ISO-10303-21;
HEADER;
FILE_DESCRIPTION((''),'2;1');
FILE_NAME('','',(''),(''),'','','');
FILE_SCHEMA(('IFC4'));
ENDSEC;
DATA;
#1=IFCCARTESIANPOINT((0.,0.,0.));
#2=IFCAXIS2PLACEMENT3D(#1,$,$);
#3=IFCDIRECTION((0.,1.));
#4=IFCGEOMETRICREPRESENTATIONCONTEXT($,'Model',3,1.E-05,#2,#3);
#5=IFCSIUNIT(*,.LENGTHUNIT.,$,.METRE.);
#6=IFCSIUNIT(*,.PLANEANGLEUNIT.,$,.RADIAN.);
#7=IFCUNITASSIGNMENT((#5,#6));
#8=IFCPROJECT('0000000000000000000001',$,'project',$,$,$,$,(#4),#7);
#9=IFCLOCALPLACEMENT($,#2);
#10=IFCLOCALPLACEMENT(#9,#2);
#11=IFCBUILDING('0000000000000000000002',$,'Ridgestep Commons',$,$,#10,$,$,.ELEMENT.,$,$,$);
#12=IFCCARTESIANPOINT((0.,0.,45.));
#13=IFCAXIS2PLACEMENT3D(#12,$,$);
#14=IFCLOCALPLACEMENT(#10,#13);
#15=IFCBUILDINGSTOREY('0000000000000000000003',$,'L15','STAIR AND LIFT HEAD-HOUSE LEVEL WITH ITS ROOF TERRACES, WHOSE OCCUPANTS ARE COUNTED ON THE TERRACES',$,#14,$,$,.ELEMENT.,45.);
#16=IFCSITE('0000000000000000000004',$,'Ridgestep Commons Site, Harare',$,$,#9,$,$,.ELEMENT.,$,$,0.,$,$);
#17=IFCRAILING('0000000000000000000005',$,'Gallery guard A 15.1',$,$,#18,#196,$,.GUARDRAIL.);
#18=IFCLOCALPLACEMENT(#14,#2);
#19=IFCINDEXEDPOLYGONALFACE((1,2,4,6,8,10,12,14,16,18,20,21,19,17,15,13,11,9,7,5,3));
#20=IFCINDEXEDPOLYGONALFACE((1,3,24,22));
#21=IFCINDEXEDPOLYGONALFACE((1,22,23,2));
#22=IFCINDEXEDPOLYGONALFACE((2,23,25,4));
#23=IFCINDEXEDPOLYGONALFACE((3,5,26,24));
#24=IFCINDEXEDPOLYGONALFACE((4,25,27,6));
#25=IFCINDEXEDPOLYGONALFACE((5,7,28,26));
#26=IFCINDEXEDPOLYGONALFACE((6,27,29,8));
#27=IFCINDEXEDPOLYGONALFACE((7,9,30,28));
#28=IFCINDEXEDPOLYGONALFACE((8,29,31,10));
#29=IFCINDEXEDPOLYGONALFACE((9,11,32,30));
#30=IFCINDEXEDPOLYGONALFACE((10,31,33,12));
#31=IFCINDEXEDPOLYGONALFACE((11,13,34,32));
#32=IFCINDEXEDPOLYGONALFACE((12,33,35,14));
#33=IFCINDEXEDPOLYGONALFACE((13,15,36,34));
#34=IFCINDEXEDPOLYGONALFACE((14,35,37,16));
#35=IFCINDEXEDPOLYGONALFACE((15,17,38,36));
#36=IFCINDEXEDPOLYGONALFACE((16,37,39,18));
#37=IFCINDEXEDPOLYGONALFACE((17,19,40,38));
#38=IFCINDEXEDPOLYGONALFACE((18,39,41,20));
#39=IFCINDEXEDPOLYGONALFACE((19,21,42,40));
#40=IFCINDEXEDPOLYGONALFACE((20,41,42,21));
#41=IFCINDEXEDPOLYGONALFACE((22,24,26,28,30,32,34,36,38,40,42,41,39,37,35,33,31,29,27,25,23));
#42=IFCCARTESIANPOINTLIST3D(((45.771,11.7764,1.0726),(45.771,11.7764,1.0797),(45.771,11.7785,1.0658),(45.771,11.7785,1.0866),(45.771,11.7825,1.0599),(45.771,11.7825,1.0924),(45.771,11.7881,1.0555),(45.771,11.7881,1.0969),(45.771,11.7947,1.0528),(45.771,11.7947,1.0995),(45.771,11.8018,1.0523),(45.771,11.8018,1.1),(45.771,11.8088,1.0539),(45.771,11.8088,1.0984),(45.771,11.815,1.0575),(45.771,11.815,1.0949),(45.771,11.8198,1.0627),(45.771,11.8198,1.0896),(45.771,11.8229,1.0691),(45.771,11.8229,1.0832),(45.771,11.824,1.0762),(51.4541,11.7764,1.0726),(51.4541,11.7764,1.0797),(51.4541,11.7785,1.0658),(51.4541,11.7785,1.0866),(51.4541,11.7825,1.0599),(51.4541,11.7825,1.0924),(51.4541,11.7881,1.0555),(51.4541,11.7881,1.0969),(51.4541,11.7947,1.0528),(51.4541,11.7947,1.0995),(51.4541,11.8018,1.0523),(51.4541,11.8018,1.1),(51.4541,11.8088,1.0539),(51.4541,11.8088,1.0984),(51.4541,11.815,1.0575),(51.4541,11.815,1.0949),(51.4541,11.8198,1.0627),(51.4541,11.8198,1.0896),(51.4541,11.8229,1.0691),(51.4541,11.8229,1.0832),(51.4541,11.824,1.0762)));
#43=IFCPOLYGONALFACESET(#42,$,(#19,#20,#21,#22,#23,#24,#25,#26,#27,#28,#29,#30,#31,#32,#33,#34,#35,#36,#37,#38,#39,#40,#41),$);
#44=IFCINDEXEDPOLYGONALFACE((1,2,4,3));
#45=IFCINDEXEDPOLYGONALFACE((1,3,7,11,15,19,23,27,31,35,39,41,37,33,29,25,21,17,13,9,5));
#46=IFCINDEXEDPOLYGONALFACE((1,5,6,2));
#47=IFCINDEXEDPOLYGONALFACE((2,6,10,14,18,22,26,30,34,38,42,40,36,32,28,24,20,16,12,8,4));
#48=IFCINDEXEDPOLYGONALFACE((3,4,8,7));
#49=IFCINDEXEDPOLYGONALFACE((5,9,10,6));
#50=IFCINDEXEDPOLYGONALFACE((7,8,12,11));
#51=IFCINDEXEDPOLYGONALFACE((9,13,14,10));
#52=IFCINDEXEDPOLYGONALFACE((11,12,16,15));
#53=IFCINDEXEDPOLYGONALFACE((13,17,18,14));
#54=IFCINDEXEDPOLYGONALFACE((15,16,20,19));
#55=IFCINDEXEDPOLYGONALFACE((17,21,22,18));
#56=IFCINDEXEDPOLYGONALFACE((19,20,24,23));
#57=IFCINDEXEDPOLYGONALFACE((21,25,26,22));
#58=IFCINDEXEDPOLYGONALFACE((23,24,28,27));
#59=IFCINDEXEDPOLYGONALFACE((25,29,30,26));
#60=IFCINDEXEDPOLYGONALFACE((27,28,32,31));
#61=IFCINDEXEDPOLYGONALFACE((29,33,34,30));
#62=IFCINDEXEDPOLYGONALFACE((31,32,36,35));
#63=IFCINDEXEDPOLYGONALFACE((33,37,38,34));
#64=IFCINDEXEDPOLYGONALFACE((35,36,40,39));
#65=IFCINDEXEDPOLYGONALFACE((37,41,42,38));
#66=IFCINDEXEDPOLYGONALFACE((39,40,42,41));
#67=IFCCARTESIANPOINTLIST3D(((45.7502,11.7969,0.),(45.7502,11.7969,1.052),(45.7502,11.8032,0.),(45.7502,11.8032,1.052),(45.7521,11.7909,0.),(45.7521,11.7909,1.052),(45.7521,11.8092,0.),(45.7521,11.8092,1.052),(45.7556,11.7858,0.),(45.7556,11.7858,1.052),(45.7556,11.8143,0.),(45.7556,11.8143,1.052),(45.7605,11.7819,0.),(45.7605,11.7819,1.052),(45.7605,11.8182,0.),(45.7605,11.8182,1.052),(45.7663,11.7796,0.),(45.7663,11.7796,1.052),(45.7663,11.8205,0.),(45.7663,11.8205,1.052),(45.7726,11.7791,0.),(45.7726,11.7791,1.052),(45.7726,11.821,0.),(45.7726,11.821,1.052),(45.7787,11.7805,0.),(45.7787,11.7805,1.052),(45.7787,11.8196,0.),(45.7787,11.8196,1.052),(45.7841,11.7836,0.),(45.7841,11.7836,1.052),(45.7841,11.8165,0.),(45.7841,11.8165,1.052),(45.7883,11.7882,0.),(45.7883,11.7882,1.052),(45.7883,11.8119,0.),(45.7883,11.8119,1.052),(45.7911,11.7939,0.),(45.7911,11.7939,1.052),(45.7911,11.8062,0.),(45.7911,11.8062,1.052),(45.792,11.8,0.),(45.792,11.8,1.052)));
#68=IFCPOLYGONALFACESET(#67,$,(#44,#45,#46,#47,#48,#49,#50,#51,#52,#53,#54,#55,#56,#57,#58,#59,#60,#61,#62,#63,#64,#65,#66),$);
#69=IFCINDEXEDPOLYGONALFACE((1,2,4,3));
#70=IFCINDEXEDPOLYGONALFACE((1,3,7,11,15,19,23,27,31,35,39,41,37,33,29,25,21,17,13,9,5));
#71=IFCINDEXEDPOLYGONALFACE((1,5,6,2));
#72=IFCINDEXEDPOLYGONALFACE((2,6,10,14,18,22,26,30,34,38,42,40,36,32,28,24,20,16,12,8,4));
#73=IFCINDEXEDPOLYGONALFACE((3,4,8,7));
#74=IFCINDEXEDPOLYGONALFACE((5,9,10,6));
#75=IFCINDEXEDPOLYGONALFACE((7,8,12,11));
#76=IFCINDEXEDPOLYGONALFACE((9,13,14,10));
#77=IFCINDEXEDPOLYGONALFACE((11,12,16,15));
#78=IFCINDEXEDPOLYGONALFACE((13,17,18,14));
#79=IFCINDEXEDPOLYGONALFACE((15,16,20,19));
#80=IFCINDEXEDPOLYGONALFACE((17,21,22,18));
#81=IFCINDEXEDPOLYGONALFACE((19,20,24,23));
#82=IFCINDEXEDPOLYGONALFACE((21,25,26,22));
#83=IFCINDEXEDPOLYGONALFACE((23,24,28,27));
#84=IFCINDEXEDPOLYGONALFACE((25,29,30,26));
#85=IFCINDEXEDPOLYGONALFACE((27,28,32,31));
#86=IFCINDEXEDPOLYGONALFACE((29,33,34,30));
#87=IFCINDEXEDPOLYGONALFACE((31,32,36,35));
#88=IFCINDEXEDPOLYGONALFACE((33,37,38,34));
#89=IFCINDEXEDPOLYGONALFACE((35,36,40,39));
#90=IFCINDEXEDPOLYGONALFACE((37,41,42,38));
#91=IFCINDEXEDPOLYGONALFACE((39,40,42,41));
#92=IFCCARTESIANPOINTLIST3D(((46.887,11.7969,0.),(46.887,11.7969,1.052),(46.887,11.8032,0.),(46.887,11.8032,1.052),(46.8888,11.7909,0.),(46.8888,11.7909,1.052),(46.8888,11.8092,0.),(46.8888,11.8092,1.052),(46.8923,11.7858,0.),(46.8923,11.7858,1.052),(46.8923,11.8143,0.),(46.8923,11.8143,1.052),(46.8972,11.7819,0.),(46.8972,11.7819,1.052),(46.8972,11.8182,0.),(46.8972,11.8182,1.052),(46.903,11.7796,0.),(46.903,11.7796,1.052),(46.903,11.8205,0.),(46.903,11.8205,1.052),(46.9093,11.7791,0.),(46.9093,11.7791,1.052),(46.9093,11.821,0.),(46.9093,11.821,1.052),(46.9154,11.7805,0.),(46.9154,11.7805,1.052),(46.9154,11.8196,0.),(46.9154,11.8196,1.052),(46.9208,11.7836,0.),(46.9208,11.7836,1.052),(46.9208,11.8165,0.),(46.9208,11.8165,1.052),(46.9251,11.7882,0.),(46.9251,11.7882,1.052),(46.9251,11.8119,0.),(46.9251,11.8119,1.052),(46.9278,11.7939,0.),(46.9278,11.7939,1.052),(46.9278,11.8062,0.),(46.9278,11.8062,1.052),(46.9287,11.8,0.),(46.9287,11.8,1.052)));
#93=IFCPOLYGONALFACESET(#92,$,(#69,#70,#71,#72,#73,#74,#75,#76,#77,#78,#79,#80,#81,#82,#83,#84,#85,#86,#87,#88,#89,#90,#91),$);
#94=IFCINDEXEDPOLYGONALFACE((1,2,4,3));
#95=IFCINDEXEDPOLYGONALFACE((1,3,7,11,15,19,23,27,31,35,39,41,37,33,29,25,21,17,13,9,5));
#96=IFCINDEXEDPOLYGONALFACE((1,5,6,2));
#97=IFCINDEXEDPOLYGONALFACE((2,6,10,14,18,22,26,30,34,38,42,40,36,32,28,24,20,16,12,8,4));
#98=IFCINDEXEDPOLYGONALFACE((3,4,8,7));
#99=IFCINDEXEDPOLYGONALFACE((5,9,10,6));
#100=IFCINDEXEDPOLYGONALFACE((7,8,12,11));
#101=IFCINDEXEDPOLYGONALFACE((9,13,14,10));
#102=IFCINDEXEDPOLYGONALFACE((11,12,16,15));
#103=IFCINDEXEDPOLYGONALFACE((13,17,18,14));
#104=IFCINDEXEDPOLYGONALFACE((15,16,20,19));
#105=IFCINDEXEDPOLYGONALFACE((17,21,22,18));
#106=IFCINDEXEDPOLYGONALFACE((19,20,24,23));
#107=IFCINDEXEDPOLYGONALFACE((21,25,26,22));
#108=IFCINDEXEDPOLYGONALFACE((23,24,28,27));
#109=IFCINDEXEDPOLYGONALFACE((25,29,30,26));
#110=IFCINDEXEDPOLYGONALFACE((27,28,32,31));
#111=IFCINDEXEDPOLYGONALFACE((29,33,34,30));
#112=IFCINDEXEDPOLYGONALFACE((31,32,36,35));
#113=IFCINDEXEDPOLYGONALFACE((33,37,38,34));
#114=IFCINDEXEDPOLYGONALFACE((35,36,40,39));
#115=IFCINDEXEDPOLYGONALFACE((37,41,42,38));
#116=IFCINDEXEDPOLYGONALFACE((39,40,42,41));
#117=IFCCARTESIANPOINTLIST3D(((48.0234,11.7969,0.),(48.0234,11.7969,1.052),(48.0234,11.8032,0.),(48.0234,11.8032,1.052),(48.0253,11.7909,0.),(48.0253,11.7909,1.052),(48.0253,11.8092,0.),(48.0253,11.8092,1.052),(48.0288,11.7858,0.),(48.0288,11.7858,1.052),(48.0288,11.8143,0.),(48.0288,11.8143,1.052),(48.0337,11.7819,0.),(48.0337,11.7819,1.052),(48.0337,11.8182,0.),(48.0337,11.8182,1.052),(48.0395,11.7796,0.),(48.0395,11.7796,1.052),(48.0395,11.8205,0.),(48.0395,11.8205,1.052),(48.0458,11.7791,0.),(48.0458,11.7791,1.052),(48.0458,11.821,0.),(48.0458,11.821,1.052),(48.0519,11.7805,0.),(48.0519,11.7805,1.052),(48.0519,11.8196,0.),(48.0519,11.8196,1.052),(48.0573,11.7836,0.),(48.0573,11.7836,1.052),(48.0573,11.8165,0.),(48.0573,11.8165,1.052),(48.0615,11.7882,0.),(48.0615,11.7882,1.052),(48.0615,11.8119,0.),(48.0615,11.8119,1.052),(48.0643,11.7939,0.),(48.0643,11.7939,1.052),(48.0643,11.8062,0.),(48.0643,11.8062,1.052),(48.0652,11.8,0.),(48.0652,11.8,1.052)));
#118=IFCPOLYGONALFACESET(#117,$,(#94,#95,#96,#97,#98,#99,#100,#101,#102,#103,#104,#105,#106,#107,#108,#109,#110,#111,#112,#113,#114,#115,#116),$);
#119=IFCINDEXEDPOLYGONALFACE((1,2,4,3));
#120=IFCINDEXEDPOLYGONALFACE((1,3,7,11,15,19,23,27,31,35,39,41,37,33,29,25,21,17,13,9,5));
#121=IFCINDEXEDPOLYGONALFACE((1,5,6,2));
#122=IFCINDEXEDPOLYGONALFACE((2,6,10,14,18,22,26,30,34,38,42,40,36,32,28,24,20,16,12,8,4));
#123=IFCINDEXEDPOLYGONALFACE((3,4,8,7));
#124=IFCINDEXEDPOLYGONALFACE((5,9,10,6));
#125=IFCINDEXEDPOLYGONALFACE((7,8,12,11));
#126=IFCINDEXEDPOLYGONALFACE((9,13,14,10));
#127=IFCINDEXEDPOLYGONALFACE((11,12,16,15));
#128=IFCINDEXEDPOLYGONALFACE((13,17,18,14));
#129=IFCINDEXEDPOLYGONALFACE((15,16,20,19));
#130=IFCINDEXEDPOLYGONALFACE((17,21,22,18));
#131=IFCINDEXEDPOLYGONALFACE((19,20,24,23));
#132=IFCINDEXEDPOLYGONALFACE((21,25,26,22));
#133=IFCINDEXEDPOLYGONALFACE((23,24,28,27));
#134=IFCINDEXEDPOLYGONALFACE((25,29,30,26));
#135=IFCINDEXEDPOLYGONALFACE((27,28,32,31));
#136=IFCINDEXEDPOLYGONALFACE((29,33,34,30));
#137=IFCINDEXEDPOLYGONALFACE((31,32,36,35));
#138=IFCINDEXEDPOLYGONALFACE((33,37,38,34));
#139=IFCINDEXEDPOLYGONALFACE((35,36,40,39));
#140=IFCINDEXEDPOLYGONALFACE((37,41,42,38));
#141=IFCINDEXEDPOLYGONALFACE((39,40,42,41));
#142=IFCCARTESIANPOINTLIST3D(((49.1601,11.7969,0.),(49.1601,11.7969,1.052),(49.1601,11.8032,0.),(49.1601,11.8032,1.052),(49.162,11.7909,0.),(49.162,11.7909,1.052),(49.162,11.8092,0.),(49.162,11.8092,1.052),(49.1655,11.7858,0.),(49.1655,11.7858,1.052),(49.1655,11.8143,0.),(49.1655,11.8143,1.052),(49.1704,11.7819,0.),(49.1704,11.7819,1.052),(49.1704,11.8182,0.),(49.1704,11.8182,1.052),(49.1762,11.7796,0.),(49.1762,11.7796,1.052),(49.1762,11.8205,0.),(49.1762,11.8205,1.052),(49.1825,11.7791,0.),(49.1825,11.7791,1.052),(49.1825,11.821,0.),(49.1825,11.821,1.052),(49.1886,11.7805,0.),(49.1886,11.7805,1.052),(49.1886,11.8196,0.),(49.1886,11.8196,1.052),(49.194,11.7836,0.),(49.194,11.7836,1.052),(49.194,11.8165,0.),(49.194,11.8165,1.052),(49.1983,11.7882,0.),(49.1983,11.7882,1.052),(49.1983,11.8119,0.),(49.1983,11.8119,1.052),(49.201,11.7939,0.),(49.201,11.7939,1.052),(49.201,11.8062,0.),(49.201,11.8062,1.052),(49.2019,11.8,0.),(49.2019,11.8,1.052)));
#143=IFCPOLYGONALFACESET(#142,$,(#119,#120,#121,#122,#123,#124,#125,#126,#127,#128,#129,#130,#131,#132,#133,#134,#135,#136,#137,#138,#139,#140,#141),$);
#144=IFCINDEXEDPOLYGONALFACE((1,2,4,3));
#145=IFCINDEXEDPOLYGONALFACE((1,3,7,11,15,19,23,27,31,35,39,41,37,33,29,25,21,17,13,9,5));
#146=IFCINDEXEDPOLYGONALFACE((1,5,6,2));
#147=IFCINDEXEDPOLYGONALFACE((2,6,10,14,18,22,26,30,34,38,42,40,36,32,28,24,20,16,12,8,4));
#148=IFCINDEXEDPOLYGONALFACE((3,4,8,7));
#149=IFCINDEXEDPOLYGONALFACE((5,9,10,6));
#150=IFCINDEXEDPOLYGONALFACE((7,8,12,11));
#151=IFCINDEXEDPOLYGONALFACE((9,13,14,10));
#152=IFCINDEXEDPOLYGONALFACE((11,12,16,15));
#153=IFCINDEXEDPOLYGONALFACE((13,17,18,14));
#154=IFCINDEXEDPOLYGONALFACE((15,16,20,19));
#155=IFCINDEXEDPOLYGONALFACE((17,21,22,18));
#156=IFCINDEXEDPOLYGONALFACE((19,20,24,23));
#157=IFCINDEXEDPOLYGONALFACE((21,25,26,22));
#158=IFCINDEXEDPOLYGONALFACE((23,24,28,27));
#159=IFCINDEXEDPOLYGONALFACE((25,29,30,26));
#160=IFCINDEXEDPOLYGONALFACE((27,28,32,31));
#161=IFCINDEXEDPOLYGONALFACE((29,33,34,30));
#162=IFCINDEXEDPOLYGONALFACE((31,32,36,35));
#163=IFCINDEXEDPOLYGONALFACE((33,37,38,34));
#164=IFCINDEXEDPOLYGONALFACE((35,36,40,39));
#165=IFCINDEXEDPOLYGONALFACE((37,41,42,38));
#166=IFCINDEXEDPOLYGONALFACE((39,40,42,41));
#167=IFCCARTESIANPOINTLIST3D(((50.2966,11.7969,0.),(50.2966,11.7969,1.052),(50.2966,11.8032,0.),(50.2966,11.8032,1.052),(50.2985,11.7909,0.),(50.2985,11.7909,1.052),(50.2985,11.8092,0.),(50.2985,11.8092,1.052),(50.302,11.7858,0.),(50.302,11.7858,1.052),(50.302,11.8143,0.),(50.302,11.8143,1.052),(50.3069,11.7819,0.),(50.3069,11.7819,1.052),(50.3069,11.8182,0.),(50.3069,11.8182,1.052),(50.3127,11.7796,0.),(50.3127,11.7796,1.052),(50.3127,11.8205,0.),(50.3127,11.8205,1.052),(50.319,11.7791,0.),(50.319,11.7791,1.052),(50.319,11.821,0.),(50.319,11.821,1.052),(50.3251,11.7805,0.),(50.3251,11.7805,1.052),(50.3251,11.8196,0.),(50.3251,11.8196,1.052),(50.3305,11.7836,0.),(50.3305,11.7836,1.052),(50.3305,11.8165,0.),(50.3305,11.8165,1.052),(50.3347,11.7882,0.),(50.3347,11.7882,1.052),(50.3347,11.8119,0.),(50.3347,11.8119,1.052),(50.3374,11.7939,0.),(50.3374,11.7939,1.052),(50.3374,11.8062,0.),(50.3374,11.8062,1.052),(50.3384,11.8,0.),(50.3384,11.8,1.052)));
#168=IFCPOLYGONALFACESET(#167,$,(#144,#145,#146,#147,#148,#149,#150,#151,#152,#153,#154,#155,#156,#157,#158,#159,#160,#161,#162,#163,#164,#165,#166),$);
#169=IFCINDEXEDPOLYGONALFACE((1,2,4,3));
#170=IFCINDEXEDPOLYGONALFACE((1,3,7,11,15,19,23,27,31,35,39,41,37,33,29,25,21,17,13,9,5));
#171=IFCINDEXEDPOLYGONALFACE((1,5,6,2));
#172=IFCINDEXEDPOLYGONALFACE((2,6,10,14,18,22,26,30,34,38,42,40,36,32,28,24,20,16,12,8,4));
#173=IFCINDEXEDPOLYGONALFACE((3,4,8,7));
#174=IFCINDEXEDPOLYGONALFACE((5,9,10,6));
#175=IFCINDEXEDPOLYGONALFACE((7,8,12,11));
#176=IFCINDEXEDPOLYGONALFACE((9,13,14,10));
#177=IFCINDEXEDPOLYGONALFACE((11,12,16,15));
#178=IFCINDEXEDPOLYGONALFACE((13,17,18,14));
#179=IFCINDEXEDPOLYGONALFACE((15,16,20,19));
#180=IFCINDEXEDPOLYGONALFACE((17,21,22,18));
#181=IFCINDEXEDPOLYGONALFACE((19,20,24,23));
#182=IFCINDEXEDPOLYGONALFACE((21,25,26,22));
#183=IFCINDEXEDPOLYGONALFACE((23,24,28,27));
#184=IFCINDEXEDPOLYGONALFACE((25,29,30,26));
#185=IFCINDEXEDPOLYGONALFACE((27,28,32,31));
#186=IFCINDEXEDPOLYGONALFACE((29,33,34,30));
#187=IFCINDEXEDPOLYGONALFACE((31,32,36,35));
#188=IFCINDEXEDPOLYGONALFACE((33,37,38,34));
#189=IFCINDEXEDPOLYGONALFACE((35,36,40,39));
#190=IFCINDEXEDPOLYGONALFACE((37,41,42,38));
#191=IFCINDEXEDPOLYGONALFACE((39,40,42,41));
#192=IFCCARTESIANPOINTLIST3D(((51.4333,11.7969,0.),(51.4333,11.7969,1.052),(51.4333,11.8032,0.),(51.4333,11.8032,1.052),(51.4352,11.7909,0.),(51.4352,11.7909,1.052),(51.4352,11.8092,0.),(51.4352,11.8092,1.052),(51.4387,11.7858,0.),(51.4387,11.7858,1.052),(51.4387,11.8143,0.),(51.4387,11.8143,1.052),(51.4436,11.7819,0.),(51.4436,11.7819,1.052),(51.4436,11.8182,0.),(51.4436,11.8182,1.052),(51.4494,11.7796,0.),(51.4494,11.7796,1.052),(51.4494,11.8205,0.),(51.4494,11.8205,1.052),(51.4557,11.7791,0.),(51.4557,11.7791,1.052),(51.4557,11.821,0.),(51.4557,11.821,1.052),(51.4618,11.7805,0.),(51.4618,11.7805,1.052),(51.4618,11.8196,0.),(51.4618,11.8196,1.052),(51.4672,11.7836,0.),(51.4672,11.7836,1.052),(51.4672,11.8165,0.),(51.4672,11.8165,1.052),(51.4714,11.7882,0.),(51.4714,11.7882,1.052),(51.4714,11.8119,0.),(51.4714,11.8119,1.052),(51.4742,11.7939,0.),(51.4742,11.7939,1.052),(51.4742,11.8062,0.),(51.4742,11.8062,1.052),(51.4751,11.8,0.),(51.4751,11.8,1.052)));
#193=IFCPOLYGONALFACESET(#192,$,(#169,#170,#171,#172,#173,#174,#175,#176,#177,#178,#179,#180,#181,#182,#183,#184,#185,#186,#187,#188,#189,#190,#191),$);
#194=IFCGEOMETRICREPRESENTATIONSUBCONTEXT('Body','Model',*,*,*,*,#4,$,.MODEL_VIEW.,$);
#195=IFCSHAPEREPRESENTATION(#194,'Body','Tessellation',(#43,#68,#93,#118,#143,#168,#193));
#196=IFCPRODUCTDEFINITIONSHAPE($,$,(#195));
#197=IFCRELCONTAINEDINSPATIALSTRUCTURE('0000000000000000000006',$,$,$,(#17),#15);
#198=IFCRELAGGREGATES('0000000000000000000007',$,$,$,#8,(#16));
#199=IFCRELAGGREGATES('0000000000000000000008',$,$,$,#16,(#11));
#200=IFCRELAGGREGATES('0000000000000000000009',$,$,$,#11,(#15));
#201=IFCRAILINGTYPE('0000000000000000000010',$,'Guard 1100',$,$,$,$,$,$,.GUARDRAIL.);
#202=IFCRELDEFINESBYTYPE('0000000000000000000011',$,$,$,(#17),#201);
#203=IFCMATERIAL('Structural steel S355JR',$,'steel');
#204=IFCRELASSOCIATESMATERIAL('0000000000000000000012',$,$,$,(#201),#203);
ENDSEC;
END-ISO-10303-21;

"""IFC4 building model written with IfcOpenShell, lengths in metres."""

from ifc_helpers import new_model, si_unit, direction, frame, origin, origin_2d, place, context, subcontext, project, spatial, circle, extrude, material, type_object, element, save


model = new_model("IFC4")

# Units and contexts
model_context = context("Model", 3, precision=1e-05, world=origin(), true_north=direction((0.0, 1.0)))
body_context = subcontext(model_context, "Body", "Model", "MODEL_VIEW")
ifc_project = project(units=[si_unit("LENGTHUNIT", "METRE"), si_unit("PLANEANGLEUNIT", "RADIAN")], contexts=[model_context])

# Site, building, storey
site_placement = place(None, origin())
site = spatial("IfcSite", under=ifc_project, at=site_placement, Name="Ridgestep Commons Site, Harare", CompositionType="ELEMENT", RefElevation=0.0)
building_placement = place(site_placement, origin())
building = spatial("IfcBuilding", under=site, at=building_placement, Name="Ridgestep Commons", CompositionType="ELEMENT")
storey_placement = place(building_placement, frame((0.0, 0.0, 45.0)))
storey = spatial("IfcBuildingStorey", under=building, at=storey_placement, Name="L15", Description="STAIR AND LIFT HEAD-HOUSE LEVEL WITH ITS ROOF TERRACES, WHOSE OCCUPANTS ARE COUNTED ON THE TERRACES", CompositionType="ELEMENT", Elevation=45.0)

# Railing
ifc_material_1 = material(Name="Structural steel S355JR", Category="steel")
railing_type = type_object("IfcRailingType", Name="Guard 1100", PredefinedType="GUARDRAIL", material=ifc_material_1)
railing_placement = place(storey_placement, frame((45.771, 11.8, 0.0)))
element("IfcRailing", 1, at=railing_placement, inside=storey, type_object=railing_type, Name="Gallery guard A 15.1", PredefinedType="GUARDRAIL", context=body_context, shape_type="SweptSolid", body=[
    extrude(circle(Radius=0.0239, at=origin_2d()), frame((0.0, 0.0, 1.0762), z_axis=(1.0, 0.0, 0.0), x_axis=(0.0, 1.0, 0.0)), (0.0, 0.0, 1.0), 5.6831),
    extrude(circle(Radius=0.021, at=origin_2d()), origin(), (0.0, 0.0, 1.0), 1.052),
    extrude(circle(Radius=0.021, at=origin_2d()), frame((1.1367, 0.0, 0.0)), (0.0, 0.0, 1.0), 1.052),
    extrude(circle(Radius=0.021, at=origin_2d()), frame((2.2732, 0.0, 0.0)), (0.0, 0.0, 1.0), 1.052),
    extrude(circle(Radius=0.021, at=origin_2d()), frame((3.4099, 0.0, 0.0)), (0.0, 0.0, 1.0), 1.052),
    extrude(circle(Radius=0.021, at=origin_2d()), frame((4.5464, 0.0, 0.0)), (0.0, 0.0, 1.0), 1.052),
    extrude(circle(Radius=0.021, at=origin_2d()), frame((5.6831, 0.0, 0.0)), (0.0, 0.0, 1.0), 1.052),
])

save(model, "model.ifc")
